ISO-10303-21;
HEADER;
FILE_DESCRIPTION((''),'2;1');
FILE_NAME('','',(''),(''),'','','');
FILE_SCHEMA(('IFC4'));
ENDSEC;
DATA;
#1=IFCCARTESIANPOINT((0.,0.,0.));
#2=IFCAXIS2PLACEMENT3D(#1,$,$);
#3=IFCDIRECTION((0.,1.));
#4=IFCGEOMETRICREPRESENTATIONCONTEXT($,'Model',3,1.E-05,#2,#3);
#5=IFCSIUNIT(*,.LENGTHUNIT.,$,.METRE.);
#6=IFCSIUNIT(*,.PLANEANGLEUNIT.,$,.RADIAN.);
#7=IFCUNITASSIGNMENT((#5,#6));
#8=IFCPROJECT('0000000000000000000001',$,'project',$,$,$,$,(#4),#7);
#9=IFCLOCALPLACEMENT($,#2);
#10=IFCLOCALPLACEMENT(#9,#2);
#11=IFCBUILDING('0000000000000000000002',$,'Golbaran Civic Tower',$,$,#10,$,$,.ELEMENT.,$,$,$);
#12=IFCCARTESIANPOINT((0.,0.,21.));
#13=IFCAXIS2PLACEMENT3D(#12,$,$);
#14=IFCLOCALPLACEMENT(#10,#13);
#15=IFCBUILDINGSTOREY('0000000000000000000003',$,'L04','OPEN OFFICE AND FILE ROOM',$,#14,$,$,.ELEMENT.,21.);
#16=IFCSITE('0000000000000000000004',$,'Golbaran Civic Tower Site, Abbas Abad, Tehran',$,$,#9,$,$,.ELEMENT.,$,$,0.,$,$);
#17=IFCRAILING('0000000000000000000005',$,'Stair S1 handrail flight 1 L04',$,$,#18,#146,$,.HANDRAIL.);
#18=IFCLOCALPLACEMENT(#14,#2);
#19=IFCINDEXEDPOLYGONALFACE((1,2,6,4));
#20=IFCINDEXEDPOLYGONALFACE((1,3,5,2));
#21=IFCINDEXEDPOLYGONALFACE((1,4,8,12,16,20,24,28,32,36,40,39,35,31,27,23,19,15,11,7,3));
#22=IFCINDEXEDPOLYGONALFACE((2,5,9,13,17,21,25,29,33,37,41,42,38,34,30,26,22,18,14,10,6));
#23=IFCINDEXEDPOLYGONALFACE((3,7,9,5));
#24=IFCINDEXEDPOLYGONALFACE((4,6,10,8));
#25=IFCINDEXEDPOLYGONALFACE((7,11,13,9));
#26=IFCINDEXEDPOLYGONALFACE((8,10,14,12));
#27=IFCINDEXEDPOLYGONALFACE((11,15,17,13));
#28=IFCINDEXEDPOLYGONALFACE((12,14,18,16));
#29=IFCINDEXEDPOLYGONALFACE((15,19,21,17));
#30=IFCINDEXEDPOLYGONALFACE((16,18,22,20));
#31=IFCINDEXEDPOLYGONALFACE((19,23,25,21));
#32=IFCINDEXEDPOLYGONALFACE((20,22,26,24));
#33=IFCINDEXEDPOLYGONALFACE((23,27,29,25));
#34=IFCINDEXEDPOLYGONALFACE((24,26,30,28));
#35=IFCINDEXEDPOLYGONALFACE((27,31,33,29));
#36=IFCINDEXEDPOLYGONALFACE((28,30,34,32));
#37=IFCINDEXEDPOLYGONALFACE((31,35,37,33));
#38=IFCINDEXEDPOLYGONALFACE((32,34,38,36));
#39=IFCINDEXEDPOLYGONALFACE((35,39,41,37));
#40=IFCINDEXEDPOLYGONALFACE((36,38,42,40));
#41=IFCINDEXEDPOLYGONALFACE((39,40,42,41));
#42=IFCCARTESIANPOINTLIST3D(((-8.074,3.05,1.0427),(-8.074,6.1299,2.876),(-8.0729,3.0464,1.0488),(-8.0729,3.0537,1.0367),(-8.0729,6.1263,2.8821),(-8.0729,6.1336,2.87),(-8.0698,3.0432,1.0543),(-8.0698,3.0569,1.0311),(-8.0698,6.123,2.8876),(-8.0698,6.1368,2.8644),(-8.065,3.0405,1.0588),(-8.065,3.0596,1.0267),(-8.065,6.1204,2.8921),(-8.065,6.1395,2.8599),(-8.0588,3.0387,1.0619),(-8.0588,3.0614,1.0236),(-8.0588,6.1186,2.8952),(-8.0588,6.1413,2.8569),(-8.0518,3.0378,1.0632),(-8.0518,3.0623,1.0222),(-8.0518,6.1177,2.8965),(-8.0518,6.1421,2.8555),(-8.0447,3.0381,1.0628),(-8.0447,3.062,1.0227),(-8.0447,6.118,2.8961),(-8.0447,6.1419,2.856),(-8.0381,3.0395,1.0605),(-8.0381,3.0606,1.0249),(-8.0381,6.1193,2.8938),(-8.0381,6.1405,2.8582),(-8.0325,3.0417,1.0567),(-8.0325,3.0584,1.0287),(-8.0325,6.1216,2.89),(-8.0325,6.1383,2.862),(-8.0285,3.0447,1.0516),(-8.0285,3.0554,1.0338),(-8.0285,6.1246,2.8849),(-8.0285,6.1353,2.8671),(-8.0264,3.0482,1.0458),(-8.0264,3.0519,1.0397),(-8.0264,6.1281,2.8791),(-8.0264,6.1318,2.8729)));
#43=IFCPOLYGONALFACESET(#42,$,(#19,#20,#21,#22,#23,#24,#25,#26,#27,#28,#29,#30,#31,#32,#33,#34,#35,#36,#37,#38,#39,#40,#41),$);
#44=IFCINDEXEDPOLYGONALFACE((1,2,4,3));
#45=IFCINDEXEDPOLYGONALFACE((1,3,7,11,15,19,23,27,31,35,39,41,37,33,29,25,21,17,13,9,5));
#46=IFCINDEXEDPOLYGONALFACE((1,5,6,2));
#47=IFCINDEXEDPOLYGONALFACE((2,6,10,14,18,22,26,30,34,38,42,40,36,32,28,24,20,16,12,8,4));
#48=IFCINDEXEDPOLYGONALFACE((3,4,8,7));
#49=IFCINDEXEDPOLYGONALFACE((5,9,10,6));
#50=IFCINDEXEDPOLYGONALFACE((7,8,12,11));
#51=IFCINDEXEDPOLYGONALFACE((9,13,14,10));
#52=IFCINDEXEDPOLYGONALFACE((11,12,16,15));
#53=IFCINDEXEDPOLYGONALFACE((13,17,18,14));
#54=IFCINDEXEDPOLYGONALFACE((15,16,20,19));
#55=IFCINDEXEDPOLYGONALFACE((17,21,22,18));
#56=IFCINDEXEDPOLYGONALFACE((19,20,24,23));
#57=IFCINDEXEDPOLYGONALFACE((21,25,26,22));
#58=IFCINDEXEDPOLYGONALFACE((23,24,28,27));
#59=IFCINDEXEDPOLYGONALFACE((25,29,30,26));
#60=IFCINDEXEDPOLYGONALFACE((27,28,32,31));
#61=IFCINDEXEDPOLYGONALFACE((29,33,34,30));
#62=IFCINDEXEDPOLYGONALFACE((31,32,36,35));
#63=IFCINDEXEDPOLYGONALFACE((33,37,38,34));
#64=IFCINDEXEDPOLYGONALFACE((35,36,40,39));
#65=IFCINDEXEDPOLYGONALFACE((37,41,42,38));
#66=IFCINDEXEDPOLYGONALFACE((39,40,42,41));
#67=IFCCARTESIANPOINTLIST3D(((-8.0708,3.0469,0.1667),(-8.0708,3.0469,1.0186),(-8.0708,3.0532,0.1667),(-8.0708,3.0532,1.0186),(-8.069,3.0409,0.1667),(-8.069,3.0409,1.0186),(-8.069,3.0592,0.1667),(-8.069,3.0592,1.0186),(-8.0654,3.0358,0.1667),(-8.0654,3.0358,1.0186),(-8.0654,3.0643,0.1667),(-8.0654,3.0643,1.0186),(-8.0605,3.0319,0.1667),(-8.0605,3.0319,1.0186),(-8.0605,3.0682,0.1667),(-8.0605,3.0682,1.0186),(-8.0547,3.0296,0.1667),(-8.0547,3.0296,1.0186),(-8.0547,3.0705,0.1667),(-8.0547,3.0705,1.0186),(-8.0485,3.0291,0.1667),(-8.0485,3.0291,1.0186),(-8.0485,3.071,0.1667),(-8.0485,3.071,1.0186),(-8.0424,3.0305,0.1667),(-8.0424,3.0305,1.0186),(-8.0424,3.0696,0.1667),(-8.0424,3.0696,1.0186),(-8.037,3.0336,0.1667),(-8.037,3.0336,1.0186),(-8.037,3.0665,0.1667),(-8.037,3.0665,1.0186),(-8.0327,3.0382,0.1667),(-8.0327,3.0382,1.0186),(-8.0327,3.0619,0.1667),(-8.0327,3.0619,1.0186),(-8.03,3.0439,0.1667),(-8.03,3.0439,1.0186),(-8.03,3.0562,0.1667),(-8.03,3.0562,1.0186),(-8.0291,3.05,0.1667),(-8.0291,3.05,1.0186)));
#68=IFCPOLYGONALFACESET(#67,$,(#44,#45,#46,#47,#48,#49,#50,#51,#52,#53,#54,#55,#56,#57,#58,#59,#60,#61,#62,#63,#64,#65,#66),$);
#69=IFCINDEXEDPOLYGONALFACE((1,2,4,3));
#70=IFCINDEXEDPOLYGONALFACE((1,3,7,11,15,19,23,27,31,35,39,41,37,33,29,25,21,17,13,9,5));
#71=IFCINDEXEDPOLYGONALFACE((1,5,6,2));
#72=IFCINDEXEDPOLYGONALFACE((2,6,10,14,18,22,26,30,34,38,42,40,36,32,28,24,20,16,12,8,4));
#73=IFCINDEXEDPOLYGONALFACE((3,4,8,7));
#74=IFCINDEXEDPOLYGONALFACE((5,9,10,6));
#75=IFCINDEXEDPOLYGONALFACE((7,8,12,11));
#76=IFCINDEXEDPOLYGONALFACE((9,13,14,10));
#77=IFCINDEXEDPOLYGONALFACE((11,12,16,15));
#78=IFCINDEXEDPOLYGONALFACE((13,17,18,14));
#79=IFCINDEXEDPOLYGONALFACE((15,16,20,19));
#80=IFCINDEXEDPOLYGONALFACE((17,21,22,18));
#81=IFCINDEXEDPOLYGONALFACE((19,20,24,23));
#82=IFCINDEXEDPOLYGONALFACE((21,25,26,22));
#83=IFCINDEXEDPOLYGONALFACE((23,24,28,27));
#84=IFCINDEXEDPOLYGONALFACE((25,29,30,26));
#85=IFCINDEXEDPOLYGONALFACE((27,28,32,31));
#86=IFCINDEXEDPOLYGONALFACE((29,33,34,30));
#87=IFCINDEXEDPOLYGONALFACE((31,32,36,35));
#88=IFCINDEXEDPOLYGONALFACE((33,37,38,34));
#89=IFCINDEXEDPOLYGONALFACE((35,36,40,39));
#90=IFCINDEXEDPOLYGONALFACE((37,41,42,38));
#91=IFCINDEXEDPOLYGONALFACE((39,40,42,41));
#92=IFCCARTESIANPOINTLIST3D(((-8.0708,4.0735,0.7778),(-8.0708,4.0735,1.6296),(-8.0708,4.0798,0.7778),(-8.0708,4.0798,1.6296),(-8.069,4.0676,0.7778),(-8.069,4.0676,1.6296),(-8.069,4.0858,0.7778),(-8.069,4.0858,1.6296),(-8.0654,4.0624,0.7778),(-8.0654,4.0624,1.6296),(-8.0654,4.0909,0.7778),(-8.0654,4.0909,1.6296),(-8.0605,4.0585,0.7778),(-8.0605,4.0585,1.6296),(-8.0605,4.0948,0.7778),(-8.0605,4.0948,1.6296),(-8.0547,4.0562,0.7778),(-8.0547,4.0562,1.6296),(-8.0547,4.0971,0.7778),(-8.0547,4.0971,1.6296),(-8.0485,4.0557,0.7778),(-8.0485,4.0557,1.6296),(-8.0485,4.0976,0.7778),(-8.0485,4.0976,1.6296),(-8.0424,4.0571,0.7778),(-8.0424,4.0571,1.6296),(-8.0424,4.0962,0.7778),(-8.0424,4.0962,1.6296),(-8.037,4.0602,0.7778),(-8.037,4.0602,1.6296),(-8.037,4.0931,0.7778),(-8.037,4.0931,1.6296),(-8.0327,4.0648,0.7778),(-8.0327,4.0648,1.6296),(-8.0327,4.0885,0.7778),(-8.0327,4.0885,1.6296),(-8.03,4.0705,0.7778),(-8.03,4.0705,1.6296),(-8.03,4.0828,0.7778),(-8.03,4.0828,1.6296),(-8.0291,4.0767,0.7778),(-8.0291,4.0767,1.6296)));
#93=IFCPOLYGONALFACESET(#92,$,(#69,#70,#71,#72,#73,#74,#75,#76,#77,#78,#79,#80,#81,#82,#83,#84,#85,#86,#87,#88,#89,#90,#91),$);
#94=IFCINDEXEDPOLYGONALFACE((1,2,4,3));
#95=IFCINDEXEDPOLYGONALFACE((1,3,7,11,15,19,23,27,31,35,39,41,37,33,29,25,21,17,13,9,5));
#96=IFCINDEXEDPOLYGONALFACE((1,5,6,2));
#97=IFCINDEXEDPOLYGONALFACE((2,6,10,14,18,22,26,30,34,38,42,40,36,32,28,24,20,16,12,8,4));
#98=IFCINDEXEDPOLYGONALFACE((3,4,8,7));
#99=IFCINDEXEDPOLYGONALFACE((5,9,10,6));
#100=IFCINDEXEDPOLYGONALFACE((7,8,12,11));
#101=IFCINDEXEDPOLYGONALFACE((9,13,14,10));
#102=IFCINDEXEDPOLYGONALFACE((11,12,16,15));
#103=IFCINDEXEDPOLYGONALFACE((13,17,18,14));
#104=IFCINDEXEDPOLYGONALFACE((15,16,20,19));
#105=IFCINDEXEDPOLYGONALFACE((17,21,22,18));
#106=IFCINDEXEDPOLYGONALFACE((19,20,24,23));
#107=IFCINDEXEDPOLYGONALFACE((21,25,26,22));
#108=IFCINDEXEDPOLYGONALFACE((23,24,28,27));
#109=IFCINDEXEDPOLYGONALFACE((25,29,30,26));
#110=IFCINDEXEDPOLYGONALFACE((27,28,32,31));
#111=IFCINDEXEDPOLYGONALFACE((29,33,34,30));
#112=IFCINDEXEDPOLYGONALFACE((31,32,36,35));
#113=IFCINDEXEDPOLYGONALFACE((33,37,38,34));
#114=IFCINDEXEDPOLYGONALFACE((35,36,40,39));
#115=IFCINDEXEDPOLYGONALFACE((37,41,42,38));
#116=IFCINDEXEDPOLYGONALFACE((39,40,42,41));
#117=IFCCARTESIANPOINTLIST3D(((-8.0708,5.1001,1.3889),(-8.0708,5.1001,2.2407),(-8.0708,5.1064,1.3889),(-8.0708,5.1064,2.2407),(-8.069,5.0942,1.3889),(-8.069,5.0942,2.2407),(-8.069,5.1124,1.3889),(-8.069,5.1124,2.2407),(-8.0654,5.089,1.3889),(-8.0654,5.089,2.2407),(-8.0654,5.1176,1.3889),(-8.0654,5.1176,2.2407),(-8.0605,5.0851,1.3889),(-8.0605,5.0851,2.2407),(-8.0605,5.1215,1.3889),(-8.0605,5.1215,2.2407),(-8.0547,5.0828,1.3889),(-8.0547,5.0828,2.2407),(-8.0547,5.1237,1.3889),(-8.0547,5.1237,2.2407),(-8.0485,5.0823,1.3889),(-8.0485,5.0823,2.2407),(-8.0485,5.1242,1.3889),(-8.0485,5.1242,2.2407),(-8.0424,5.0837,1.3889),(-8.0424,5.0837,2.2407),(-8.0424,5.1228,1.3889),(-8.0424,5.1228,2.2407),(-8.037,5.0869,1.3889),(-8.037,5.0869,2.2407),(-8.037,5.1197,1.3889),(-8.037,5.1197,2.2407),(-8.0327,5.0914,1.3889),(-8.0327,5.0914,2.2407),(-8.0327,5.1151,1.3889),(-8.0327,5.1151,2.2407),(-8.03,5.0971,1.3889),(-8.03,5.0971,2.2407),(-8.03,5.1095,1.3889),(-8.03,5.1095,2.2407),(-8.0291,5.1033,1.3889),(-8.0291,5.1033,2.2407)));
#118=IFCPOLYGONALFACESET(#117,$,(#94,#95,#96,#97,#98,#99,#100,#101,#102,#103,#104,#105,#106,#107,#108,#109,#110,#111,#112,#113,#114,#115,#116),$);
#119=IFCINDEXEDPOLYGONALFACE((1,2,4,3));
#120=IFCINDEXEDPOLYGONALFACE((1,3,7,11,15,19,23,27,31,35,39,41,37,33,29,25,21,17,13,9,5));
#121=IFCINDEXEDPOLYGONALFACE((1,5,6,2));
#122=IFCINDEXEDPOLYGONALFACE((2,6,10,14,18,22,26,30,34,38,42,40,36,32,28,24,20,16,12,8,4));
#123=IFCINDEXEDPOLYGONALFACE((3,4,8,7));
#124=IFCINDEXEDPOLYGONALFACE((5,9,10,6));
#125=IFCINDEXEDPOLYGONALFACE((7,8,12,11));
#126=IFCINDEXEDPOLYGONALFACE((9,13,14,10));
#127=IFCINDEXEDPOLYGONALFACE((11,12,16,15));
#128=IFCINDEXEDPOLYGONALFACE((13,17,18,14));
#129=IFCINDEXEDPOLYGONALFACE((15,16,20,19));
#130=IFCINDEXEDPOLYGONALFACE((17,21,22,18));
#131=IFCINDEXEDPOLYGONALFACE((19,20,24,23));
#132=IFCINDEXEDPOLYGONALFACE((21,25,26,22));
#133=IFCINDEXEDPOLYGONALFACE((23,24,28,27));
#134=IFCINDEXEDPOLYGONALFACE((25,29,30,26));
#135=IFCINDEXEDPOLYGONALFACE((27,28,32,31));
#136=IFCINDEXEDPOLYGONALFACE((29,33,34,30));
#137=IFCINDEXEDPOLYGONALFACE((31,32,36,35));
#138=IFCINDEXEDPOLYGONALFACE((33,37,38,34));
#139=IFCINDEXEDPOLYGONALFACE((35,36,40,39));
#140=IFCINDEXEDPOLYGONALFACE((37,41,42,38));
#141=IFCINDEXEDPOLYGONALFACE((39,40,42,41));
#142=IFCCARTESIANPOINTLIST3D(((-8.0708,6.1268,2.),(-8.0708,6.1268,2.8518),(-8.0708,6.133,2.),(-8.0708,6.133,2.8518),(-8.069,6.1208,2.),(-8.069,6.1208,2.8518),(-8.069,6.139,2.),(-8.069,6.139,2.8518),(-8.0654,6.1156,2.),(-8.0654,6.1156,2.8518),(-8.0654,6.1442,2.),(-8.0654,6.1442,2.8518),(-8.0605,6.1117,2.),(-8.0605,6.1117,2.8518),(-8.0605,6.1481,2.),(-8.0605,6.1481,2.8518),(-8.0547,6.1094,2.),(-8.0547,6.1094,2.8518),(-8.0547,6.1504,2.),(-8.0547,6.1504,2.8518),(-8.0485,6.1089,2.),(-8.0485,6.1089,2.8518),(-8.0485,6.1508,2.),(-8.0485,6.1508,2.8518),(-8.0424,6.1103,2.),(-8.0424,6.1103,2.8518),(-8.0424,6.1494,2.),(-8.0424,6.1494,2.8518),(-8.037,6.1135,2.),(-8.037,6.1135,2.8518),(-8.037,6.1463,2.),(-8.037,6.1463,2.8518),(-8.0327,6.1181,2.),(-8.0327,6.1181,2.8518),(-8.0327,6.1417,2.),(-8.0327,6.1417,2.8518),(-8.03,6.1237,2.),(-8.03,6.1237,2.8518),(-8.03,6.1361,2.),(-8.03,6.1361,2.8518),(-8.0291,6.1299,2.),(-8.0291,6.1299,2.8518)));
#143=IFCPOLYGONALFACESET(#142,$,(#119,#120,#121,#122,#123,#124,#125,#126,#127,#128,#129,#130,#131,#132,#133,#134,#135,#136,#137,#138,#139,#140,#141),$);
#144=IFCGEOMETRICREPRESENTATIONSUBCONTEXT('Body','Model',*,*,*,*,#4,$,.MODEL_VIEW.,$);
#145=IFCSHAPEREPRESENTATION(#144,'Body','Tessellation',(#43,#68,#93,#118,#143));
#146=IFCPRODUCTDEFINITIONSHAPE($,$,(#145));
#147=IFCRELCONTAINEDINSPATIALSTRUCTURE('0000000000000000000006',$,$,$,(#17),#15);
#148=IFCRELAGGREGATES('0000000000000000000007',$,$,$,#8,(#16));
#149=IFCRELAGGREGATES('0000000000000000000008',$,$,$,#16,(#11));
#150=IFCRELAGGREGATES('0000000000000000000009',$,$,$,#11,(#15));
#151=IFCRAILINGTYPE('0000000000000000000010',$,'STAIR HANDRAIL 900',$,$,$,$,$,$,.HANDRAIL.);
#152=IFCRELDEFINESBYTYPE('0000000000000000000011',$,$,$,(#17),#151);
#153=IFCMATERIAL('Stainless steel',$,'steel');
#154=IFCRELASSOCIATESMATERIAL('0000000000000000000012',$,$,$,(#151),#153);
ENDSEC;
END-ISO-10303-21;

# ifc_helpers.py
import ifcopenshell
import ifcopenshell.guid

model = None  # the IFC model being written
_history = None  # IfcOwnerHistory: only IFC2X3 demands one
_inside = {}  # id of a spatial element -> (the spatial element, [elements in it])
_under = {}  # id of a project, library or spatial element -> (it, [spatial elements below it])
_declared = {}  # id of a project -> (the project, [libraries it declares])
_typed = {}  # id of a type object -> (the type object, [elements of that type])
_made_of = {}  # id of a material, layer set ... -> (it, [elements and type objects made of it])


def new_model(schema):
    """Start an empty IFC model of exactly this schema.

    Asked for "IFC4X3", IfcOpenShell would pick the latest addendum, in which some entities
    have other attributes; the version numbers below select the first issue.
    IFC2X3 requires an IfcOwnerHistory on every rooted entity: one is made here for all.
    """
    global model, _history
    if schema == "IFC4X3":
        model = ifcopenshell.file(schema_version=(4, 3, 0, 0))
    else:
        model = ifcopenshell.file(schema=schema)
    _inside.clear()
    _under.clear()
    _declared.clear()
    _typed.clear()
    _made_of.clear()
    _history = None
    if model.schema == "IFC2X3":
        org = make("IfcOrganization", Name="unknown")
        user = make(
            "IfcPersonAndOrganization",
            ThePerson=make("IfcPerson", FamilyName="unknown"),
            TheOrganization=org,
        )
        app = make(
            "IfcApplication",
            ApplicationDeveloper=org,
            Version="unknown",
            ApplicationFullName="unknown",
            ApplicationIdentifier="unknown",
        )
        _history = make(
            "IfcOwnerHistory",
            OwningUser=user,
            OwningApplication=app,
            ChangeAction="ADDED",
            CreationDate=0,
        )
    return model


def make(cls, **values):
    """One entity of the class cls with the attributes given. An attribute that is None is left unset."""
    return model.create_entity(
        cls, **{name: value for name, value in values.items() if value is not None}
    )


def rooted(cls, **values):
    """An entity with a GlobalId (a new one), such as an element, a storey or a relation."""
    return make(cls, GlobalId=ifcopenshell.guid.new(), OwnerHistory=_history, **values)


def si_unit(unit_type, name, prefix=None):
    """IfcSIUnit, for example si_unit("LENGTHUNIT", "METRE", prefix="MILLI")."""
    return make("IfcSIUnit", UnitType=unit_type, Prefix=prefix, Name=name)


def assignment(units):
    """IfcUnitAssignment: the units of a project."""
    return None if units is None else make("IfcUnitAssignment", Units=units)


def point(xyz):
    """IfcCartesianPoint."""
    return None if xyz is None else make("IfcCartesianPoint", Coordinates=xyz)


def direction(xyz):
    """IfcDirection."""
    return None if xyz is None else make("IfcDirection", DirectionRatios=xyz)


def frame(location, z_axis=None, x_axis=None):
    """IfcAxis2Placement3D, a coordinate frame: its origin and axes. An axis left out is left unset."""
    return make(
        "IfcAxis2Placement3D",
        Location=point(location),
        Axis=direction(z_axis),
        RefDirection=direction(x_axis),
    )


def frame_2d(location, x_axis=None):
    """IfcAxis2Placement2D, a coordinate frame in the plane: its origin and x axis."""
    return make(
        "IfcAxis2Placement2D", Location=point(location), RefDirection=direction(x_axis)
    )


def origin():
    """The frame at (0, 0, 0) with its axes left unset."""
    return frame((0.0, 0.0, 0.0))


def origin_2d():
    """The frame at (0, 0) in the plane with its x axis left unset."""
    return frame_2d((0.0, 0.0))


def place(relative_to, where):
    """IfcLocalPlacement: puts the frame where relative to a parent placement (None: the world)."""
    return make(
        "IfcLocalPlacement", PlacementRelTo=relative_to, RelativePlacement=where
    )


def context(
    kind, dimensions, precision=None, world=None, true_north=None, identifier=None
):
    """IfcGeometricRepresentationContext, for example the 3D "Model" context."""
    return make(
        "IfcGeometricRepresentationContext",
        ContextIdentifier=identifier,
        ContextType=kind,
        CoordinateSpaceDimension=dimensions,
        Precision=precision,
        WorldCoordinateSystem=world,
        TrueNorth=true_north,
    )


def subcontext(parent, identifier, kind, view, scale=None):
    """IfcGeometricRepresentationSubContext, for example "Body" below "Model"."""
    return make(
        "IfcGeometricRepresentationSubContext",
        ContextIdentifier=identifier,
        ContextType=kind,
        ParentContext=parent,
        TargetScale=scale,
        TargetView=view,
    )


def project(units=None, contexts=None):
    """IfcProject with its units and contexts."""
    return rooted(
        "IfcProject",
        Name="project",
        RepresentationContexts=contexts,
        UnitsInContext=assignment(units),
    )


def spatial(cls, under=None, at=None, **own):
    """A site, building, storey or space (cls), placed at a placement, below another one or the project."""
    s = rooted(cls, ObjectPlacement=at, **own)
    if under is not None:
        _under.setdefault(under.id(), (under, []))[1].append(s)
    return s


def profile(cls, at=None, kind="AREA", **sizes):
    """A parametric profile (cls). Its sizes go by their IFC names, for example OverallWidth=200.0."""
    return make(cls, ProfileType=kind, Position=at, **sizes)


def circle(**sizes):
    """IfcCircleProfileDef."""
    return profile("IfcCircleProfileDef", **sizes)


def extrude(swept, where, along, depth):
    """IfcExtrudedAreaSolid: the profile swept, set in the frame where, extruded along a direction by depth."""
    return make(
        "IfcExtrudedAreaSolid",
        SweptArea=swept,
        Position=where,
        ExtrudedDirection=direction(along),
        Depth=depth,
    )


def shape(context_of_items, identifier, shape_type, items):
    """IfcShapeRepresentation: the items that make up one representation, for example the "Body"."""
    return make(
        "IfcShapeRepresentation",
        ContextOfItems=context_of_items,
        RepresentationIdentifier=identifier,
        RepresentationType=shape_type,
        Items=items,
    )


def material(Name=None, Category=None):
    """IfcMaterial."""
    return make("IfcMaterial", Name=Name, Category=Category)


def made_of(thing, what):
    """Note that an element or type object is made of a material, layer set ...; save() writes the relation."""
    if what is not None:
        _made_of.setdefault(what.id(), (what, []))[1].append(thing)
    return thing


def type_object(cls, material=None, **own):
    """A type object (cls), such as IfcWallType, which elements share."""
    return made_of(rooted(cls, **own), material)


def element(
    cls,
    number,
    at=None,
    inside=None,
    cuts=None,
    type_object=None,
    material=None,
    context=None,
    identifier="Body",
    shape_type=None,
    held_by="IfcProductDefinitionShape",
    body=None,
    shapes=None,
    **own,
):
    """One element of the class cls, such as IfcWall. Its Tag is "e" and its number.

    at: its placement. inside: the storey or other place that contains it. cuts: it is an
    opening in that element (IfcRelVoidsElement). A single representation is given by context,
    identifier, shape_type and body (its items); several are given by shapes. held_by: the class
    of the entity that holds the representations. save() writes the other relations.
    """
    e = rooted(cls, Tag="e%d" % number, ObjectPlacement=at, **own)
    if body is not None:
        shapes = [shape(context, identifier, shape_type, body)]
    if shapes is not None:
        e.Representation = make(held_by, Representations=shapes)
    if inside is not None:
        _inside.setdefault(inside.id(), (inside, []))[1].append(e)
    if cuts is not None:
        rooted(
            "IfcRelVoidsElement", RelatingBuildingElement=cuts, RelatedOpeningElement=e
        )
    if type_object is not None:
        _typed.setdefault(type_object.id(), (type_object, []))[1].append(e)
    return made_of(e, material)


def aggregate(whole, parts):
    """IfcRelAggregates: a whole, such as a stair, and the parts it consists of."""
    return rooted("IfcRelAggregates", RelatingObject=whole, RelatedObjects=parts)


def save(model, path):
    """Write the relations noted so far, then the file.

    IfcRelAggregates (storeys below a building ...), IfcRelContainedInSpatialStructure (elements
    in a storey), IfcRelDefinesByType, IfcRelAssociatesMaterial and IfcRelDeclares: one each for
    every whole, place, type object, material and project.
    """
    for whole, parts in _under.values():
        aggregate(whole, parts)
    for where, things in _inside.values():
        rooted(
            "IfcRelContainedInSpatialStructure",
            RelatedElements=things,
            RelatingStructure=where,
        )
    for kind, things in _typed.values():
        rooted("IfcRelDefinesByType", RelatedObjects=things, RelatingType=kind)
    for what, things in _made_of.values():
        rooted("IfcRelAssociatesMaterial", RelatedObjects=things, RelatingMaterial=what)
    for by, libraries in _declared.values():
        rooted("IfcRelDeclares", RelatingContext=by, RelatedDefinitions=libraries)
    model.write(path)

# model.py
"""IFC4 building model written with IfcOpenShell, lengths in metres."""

from ifc_helpers import new_model, si_unit, direction, frame, origin, origin_2d, place, context, subcontext, project, spatial, circle, extrude, material, type_object, element, save


model = new_model("IFC4")

# Units and contexts
model_context = context("Model", 3, precision=1e-05, world=origin(), true_north=direction((0.0, 1.0)))
body_context = subcontext(model_context, "Body", "Model", "MODEL_VIEW")
ifc_project = project(units=[si_unit("LENGTHUNIT", "METRE"), si_unit("PLANEANGLEUNIT", "RADIAN")], contexts=[model_context])

# Site, building, storey
site_placement = place(None, origin())
site = spatial("IfcSite", under=ifc_project, at=site_placement, Name="Golbaran Civic Tower Site, Abbas Abad, Tehran", CompositionType="ELEMENT", RefElevation=0.0)
building_placement = place(site_placement, origin())
building = spatial("IfcBuilding", under=site, at=building_placement, Name="Golbaran Civic Tower", CompositionType="ELEMENT")
storey_placement = place(building_placement, frame((0.0, 0.0, 21.0)))
storey = spatial("IfcBuildingStorey", under=building, at=storey_placement, Name="L04", Description="OPEN OFFICE AND FILE ROOM", CompositionType="ELEMENT", Elevation=21.0)

# Shared definitions
ifc_material_1 = material(Name="Stainless steel", Category="steel")

# Railing
railing_type = type_object("IfcRailingType", Name="STAIR HANDRAIL 900", PredefinedType="HANDRAIL", material=ifc_material_1)
railing_1_placement = place(storey_placement, frame((-8.05, 3.05, 0.1667)))
element("IfcRailing", 1, at=railing_1_placement, inside=storey, type_object=railing_type, Name="Stair S1 handrail flight 1 L04", PredefinedType="HANDRAIL", context=body_context, shape_type="SweptSolid", body=[
    extrude(circle(Radius=0.0239, at=origin_2d()), frame((0.0, 0.0, 0.876), z_axis=(0.0, 0.859291, 0.511487), x_axis=(-1.0, 0.0, 0.0)), (0.0, 0.0, 1.0), 3.5842),
    extrude(circle(Radius=0.021, at=origin_2d()), origin(), (0.0, 0.0, 1.0), 0.8518),
    extrude(circle(Radius=0.021, at=origin_2d()), frame((0.0, 1.0266, 0.6111)), (0.0, 0.0, 1.0), 0.8518),
    extrude(circle(Radius=0.021, at=origin_2d()), frame((0.0, 2.0532, 1.2222)), (0.0, 0.0, 1.0), 0.8518),
    extrude(circle(Radius=0.021, at=origin_2d()), frame((0.0, 3.0798, 1.8333)), (0.0, 0.0, 1.0), 0.8518),
])

save(model, "model.ifc")
